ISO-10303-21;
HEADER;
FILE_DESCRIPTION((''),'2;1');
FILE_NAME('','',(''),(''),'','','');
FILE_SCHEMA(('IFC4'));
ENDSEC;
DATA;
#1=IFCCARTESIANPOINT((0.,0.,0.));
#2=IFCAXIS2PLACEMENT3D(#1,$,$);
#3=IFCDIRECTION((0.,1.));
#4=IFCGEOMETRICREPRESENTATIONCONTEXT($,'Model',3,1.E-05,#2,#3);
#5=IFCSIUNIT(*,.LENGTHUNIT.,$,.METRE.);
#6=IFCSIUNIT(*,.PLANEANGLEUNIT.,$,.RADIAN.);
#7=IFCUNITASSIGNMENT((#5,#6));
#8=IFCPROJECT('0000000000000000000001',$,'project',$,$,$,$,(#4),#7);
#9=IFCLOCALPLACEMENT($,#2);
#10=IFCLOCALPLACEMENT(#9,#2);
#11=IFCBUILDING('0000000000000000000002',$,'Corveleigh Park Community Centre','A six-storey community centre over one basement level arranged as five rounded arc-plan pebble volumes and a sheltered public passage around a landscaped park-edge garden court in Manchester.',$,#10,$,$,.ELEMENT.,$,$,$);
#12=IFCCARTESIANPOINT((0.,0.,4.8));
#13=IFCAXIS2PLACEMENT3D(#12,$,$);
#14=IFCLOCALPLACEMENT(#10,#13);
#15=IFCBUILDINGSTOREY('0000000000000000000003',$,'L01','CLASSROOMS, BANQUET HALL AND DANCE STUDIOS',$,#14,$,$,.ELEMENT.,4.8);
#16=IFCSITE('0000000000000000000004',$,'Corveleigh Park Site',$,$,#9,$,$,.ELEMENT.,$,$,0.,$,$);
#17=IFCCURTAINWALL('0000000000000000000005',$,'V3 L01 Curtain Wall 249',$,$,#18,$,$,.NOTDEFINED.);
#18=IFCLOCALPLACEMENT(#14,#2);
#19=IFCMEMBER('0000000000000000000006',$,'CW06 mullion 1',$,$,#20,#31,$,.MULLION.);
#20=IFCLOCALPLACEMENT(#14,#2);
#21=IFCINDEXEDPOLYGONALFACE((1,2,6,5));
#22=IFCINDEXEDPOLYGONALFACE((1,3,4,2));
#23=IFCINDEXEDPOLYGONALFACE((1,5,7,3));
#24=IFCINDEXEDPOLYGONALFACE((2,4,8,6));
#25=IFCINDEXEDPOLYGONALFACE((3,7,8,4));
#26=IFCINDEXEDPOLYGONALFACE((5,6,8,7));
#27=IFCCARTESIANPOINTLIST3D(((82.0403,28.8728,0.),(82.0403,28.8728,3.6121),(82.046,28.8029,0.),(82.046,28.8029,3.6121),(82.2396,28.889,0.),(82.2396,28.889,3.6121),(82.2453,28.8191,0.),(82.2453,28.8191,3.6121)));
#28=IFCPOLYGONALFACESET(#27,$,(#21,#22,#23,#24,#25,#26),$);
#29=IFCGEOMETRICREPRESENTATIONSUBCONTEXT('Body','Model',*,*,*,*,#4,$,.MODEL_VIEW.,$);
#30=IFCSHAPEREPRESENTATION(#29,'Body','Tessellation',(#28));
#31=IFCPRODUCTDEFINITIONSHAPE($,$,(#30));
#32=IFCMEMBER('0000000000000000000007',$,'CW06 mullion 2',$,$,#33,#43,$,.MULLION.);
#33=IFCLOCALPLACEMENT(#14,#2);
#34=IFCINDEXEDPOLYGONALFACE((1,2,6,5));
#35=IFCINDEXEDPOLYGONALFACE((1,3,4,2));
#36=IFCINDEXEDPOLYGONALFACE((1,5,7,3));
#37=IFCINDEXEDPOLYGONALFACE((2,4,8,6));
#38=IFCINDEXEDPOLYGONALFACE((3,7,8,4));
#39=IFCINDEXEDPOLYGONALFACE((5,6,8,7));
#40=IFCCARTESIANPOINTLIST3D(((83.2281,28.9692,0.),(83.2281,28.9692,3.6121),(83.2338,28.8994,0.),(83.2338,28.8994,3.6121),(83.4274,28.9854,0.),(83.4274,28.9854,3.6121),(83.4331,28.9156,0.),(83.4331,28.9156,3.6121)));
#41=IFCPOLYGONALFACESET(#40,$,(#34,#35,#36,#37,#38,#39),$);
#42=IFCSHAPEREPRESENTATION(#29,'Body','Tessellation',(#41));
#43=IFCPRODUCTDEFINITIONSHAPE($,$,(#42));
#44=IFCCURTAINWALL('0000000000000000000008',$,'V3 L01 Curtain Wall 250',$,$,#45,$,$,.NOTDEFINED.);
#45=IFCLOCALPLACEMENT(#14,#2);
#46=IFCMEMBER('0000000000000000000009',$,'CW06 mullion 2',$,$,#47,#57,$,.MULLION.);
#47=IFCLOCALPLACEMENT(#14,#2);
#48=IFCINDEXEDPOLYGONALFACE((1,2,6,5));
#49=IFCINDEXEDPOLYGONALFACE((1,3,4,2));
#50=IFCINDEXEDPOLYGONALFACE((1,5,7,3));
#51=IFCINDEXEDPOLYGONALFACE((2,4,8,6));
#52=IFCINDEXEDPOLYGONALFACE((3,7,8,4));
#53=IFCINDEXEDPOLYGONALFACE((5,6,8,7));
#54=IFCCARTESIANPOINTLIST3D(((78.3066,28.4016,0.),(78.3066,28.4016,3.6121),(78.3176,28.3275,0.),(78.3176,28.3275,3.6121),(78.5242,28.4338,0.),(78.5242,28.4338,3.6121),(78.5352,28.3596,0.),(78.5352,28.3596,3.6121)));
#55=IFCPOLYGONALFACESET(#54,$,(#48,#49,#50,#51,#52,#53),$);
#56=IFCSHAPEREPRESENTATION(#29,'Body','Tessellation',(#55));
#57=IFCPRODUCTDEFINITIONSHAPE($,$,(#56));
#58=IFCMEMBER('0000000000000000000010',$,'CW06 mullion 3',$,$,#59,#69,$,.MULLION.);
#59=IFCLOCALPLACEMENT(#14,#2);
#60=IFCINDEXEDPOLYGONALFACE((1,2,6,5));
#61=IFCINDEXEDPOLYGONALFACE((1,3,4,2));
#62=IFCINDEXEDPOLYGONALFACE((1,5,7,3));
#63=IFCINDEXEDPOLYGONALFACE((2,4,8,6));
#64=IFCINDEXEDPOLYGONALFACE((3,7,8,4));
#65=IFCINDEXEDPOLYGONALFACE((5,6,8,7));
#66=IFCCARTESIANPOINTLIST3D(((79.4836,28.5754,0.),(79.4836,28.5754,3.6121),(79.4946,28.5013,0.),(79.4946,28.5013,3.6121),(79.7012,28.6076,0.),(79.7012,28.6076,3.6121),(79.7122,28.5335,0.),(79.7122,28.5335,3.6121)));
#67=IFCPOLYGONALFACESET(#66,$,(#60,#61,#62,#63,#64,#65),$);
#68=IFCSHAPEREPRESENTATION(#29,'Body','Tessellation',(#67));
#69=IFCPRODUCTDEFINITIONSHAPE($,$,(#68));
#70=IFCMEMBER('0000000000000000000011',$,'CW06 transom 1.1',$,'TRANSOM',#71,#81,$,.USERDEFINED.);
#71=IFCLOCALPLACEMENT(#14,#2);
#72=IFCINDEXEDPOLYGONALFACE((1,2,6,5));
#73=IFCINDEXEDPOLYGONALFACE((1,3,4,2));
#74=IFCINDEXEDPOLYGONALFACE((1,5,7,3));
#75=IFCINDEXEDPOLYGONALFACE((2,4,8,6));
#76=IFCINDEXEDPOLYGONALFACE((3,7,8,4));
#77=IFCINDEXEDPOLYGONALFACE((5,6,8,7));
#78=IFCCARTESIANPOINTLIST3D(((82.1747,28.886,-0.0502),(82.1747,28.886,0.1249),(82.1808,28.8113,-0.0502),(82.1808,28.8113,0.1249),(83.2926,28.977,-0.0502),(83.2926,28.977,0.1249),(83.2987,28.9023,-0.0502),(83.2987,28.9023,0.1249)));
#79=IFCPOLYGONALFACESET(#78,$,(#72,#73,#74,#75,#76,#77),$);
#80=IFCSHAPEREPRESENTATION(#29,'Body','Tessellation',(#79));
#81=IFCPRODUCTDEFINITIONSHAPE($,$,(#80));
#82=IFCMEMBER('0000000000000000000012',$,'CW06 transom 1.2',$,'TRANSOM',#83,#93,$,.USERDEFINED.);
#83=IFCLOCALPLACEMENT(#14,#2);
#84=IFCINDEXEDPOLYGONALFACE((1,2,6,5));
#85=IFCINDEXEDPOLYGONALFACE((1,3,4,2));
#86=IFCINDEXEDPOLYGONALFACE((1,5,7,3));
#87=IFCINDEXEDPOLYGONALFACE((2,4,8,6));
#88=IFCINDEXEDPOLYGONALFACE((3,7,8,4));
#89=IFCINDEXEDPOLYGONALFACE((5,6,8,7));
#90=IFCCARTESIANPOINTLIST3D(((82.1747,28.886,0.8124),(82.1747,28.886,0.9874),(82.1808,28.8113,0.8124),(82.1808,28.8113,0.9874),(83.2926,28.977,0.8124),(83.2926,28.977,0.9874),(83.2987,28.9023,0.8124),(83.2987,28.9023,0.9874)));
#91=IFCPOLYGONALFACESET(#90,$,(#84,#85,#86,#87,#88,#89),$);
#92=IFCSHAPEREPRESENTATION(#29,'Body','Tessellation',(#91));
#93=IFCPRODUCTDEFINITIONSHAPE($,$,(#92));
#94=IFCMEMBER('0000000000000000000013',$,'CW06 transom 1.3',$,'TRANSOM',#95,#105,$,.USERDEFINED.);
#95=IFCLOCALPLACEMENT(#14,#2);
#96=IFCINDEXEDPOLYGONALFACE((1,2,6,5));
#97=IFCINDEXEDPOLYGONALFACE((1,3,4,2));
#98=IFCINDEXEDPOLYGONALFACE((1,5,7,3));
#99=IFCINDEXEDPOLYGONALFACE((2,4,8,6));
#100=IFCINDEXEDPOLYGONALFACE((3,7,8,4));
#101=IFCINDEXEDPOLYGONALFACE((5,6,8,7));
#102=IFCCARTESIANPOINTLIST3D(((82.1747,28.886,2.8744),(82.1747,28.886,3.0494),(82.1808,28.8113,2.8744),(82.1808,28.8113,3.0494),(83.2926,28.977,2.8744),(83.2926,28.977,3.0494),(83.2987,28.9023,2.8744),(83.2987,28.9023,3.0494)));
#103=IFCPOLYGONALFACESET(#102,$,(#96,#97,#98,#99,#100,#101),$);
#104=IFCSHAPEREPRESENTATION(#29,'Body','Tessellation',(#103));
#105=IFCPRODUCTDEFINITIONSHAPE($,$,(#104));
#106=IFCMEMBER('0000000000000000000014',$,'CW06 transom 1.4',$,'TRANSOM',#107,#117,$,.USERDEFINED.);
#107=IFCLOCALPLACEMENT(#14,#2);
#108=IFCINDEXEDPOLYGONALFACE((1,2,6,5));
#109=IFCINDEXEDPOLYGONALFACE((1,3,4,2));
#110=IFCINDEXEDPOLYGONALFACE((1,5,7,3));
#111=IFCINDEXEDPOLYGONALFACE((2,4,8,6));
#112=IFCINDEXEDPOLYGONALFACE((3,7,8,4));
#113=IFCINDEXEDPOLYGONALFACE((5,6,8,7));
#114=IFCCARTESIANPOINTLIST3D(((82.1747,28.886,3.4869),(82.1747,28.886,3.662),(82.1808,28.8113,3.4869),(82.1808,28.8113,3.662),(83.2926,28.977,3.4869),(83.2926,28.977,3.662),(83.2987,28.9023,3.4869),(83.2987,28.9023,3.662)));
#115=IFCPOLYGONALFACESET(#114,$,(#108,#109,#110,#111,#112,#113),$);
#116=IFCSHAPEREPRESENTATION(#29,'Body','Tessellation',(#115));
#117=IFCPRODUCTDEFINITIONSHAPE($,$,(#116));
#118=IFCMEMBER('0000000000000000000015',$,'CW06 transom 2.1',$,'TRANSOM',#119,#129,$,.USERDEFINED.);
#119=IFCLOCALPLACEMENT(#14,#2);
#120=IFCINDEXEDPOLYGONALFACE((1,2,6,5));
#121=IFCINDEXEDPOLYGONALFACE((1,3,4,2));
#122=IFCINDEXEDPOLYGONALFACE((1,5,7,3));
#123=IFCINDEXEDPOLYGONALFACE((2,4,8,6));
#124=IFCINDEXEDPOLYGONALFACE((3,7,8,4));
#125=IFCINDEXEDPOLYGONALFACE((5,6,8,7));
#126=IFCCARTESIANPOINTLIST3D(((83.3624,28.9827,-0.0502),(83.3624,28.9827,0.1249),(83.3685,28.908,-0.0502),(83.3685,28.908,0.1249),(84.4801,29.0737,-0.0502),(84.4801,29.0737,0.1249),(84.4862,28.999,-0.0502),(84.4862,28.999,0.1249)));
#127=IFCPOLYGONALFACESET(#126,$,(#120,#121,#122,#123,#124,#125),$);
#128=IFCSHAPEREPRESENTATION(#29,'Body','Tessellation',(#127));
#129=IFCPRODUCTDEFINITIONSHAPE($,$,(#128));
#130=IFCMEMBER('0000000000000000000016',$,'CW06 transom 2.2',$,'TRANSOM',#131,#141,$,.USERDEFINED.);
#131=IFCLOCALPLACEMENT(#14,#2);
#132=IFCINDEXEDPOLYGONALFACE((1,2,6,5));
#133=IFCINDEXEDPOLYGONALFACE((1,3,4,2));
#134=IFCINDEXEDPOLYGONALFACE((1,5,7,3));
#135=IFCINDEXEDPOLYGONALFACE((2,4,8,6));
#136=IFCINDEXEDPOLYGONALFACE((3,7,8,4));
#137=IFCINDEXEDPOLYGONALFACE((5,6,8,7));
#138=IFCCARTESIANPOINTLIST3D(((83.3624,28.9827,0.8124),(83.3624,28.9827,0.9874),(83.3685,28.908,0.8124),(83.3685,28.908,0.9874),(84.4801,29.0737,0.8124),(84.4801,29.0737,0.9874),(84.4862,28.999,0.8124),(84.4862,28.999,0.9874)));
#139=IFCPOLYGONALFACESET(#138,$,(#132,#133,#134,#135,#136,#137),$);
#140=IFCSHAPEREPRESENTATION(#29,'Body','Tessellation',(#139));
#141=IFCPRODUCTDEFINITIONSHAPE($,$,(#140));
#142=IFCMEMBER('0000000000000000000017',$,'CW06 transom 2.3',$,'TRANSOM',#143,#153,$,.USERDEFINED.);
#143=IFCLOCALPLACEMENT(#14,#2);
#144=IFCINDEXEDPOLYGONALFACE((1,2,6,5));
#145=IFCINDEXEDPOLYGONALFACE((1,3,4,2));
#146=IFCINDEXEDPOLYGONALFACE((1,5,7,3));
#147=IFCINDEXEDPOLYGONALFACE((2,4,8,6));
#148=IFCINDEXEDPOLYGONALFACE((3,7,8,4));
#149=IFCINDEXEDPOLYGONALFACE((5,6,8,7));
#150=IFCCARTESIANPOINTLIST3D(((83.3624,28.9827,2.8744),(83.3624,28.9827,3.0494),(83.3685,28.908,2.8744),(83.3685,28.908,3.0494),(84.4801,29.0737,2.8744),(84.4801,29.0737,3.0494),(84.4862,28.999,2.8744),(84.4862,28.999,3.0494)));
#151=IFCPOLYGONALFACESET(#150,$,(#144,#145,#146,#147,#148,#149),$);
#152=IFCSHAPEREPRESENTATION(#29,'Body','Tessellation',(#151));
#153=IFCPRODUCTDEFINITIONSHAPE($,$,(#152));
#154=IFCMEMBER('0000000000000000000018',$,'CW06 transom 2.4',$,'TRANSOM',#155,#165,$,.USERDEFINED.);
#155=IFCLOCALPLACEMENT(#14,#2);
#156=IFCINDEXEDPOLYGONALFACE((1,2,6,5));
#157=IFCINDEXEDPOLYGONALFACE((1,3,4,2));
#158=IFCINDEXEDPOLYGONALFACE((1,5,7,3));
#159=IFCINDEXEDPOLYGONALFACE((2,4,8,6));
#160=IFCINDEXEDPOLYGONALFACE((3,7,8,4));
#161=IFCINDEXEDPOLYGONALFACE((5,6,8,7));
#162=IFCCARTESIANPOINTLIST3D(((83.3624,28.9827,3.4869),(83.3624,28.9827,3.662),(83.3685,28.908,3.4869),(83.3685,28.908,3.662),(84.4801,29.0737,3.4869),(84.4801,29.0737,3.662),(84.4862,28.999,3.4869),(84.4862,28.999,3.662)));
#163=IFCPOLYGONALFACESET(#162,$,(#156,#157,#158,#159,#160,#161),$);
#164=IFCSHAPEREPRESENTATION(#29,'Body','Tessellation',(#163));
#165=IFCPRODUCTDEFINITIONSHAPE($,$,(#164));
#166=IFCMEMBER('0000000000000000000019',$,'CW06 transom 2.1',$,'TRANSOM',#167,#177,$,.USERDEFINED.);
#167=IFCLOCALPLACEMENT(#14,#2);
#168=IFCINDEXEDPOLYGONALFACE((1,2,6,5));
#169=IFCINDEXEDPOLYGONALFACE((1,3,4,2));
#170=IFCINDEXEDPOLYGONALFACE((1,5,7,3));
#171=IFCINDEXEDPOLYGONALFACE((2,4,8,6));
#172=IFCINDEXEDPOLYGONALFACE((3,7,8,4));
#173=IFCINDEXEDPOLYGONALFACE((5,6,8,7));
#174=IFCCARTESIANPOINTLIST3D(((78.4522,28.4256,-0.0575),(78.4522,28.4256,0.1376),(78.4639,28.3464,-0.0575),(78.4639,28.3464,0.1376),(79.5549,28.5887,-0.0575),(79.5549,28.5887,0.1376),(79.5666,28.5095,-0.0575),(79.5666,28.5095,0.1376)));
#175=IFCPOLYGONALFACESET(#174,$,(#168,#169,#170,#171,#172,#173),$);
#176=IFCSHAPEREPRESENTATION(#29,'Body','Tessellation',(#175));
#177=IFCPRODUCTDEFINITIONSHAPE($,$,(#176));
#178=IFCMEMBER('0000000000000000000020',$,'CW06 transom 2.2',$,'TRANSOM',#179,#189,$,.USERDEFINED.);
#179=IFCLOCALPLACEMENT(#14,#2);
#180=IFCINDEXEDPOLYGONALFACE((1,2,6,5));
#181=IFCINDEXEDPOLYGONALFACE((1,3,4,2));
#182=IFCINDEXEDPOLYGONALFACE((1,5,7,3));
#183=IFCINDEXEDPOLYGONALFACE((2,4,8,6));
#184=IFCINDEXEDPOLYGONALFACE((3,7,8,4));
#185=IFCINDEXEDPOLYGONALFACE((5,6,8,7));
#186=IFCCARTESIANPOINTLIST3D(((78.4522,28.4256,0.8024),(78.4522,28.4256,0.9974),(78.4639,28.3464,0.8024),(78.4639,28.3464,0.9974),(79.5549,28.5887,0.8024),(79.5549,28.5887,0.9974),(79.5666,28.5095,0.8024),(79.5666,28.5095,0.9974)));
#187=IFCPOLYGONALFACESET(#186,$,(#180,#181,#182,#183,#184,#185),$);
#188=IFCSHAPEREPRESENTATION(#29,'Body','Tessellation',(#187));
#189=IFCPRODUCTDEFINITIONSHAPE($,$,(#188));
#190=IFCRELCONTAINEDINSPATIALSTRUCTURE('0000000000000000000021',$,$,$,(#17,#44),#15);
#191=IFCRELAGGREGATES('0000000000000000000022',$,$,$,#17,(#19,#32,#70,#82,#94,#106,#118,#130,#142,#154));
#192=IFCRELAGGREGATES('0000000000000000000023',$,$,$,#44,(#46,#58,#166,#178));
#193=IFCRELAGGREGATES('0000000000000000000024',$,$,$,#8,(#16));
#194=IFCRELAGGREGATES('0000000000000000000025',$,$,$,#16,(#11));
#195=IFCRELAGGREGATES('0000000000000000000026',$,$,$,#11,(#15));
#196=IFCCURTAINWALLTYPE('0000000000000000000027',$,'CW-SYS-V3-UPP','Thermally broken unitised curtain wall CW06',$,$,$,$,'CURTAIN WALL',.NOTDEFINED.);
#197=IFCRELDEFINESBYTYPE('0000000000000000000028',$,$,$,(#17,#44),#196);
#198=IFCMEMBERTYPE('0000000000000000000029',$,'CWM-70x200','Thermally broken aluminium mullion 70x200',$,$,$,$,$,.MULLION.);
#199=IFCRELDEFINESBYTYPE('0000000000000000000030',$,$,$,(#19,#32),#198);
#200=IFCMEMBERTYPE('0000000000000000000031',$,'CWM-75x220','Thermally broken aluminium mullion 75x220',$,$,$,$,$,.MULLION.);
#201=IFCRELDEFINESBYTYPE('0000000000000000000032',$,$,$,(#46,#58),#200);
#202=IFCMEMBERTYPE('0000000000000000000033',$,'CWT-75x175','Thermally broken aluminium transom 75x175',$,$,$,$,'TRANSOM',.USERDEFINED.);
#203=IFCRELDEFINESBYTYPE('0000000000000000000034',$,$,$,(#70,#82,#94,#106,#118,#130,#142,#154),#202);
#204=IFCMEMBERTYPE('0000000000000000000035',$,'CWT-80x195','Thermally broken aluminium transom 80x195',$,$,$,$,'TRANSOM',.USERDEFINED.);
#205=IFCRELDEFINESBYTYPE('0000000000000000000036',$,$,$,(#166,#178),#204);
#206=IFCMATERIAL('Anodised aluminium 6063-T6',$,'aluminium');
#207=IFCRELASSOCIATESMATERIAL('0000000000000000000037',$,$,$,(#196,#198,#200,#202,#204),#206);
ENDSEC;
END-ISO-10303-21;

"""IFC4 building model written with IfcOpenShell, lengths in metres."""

from ifc_helpers import new_model, si_unit, direction, frame, origin, origin_2d, place, context, subcontext, project, spatial, rectangle, extrude, material, material_profile, profile_set, type_object, element, aggregate, save


model = new_model("IFC4")

# Units and contexts
model_context = context("Model", 3, precision=1e-05, world=origin(), true_north=direction((0.0, 1.0)))
body_context = subcontext(model_context, "Body", "Model", "MODEL_VIEW")
ifc_project = project(units=[si_unit("LENGTHUNIT", "METRE"), si_unit("PLANEANGLEUNIT", "RADIAN")], contexts=[model_context])

# Site, building, storey
site_placement = place(None, origin())
site = spatial("IfcSite", under=ifc_project, at=site_placement, Name="Corveleigh Park Site", CompositionType="ELEMENT", RefElevation=0.0)
building_placement = place(site_placement, origin())
building = spatial("IfcBuilding", under=site, at=building_placement, Name="Corveleigh Park Community Centre", Description="A six-storey community centre over one basement level arranged as five rounded arc-plan pebble volumes and a sheltered public passage around a landscaped park-edge garden court in Manchester.", CompositionType="ELEMENT")
storey_placement = place(building_placement, frame((0.0, 0.0, 4.8)))
storey = spatial("IfcBuildingStorey", under=building, at=storey_placement, Name="L01", Description="CLASSROOMS, BANQUET HALL AND DANCE STUDIOS", CompositionType="ELEMENT", Elevation=4.8)

# Curtain walls, members
ifc_material_1 = material(Name="Anodised aluminium 6063-T6", Category="aluminium")
curtain_wall_type = type_object("IfcCurtainWallType", Name="CW-SYS-V3-UPP", Description="Thermally broken unitised curtain wall CW06", ElementType="CURTAIN WALL", PredefinedType="NOTDEFINED", material=ifc_material_1)
curtain_wall_1_placement = place(storey_placement, origin())
curtain_wall_1 = element("IfcCurtainWall", 1, at=curtain_wall_1_placement, inside=storey, type_object=curtain_wall_type, Name="V3 L01 Curtain Wall 249", PredefinedType="NOTDEFINED")
ifc_material_profile_1 = material_profile(ifc_material_1, rectangle(XDim=0.0701, YDim=0.2, at=origin_2d()), Name="ALU-M70x200", Category="aluminium")
ifc_profile_set_1 = profile_set([ifc_material_profile_1], Name="Anodised aluminium 6063-T6")
member_type_1 = type_object("IfcMemberType", Name="CWM-70x200", Description="Thermally broken aluminium mullion 70x200", PredefinedType="MULLION", material=ifc_profile_set_1)
member_1_placement = place(storey_placement, frame((82.1428, 28.8459, 0.0), z_axis=(0.0, 0.0, 1.0), x_axis=(-0.081122, 0.996704, 0.0)))
member_1 = element("IfcMember", 2, at=member_1_placement, type_object=member_type_1, Name="CW06 mullion 1", PredefinedType="MULLION", context=body_context, shape_type="SweptSolid", body=[
    extrude(rectangle(XDim=0.0701, YDim=0.2, at=origin_2d()), origin(), (0.0, 0.0, 1.0), 3.6121),
])
member_2_placement = place(storey_placement, frame((83.3306, 28.9424, 0.0), z_axis=(0.0, 0.0, 1.0), x_axis=(-0.081122, 0.996704, 0.0)))
member_2 = element("IfcMember", 3, at=member_2_placement, type_object=member_type_1, Name="CW06 mullion 2", PredefinedType="MULLION", context=body_context, shape_type="SweptSolid", body=[
    extrude(rectangle(XDim=0.0701, YDim=0.2, at=origin_2d()), origin(), (0.0, 0.0, 1.0), 3.6121),
])
curtain_wall_2_placement = place(storey_placement, origin())
curtain_wall_2 = element("IfcCurtainWall", 4, at=curtain_wall_2_placement, inside=storey, type_object=curtain_wall_type, Name="V3 L01 Curtain Wall 250", PredefinedType="NOTDEFINED")
ifc_material_profile_2 = material_profile(ifc_material_1, rectangle(XDim=0.075, YDim=0.22, at=origin_2d()), Name="ALU-M75x220", Category="aluminium")
ifc_profile_set_2 = profile_set([ifc_material_profile_2], Name="Anodised aluminium 6063-T6")
member_type_2 = type_object("IfcMemberType", Name="CWM-75x220", Description="Thermally broken aluminium mullion 75x220", PredefinedType="MULLION", material=ifc_profile_set_2)
member_3_placement = place(storey_placement, frame((78.4209, 28.3806, 0.0), z_axis=(0.0, 0.0, 1.0), x_axis=(-0.146268, 0.989245, 0.0)))
member_3 = element("IfcMember", 5, at=member_3_placement, type_object=member_type_2, Name="CW06 mullion 2", PredefinedType="MULLION", context=body_context, shape_type="SweptSolid", body=[
    extrude(rectangle(XDim=0.075, YDim=0.22, at=origin_2d()), origin(), (0.0, 0.0, 1.0), 3.6121),
])
member_4_placement = place(storey_placement, frame((79.5979, 28.5544, 0.0), z_axis=(0.0, 0.0, 1.0), x_axis=(-0.146268, 0.989245, 0.0)))
member_4 = element("IfcMember", 6, at=member_4_placement, type_object=member_type_2, Name="CW06 mullion 3", PredefinedType="MULLION", context=body_context, shape_type="SweptSolid", body=[
    extrude(rectangle(XDim=0.075, YDim=0.22, at=origin_2d()), origin(), (0.0, 0.0, 1.0), 3.6121),
])

# Members
ifc_material_profile_3 = material_profile(ifc_material_1, rectangle(XDim=0.075, YDim=0.175, at=origin_2d()), Name="ALU-T75x175", Category="aluminium")
ifc_profile_set_3 = profile_set([ifc_material_profile_3], Name="Anodised aluminium 6063-T6")
member_type_3 = type_object("IfcMemberType", Name="CWT-75x175", Description="Thermally broken aluminium transom 75x175", ElementType="TRANSOM", PredefinedType="USERDEFINED", material=ifc_profile_set_3)
member_5_placement = place(storey_placement, frame((82.1777, 28.8486, 0.0374), z_axis=(0.996699, 0.08119, 0.0), x_axis=(-0.08119, 0.996699, 0.0)))
member_5 = element("IfcMember", 7, at=member_5_placement, type_object=member_type_3, Name="CW06 transom 1.1", ObjectType="TRANSOM", PredefinedType="USERDEFINED", context=body_context, shape_type="SweptSolid", body=[
    extrude(rectangle(XDim=0.075, YDim=0.175, at=origin_2d()), origin(), (0.0, 0.0, 1.0), 1.1216),
])
member_6_placement = place(storey_placement, frame((82.1777, 28.8486, 0.8999), z_axis=(0.996699, 0.08119, 0.0), x_axis=(-0.08119, 0.996699, 0.0)))
member_6 = element("IfcMember", 8, at=member_6_placement, type_object=member_type_3, Name="CW06 transom 1.2", ObjectType="TRANSOM", PredefinedType="USERDEFINED", context=body_context, shape_type="SweptSolid", body=[
    extrude(rectangle(XDim=0.075, YDim=0.175, at=origin_2d()), origin(), (0.0, 0.0, 1.0), 1.1216),
])
member_7_placement = place(storey_placement, frame((82.1777, 28.8486, 2.9619), z_axis=(0.996699, 0.08119, 0.0), x_axis=(-0.08119, 0.996699, 0.0)))
member_7 = element("IfcMember", 9, at=member_7_placement, type_object=member_type_3, Name="CW06 transom 1.3", ObjectType="TRANSOM", PredefinedType="USERDEFINED", context=body_context, shape_type="SweptSolid", body=[
    extrude(rectangle(XDim=0.075, YDim=0.175, at=origin_2d()), origin(), (0.0, 0.0, 1.0), 1.1216),
])
member_8_placement = place(storey_placement, frame((82.1777, 28.8486, 3.5745), z_axis=(0.996699, 0.08119, 0.0), x_axis=(-0.08119, 0.996699, 0.0)))
member_8 = element("IfcMember", 10, at=member_8_placement, type_object=member_type_3, Name="CW06 transom 1.4", ObjectType="TRANSOM", PredefinedType="USERDEFINED", context=body_context, shape_type="SweptSolid", body=[
    extrude(rectangle(XDim=0.075, YDim=0.175, at=origin_2d()), origin(), (0.0, 0.0, 1.0), 1.1216),
])
member_9_placement = place(storey_placement, frame((83.3655, 28.9453, 0.0374), z_axis=(0.996697, 0.081208, 0.0), x_axis=(-0.081208, 0.996697, 0.0)))
member_9 = element("IfcMember", 11, at=member_9_placement, type_object=member_type_3, Name="CW06 transom 2.1", ObjectType="TRANSOM", PredefinedType="USERDEFINED", context=body_context, shape_type="SweptSolid", body=[
    extrude(rectangle(XDim=0.075, YDim=0.175, at=origin_2d()), origin(), (0.0, 0.0, 1.0), 1.1213),
])
member_10_placement = place(storey_placement, frame((83.3655, 28.9453, 0.8999), z_axis=(0.996697, 0.081208, 0.0), x_axis=(-0.081208, 0.996697, 0.0)))
member_10 = element("IfcMember", 12, at=member_10_placement, type_object=member_type_3, Name="CW06 transom 2.2", ObjectType="TRANSOM", PredefinedType="USERDEFINED", context=body_context, shape_type="SweptSolid", body=[
    extrude(rectangle(XDim=0.075, YDim=0.175, at=origin_2d()), origin(), (0.0, 0.0, 1.0), 1.1213),
])
member_11_placement = place(storey_placement, frame((83.3655, 28.9453, 2.9619), z_axis=(0.996697, 0.081208, 0.0), x_axis=(-0.081208, 0.996697, 0.0)))
member_11 = element("IfcMember", 13, at=member_11_placement, type_object=member_type_3, Name="CW06 transom 2.3", ObjectType="TRANSOM", PredefinedType="USERDEFINED", context=body_context, shape_type="SweptSolid", body=[
    extrude(rectangle(XDim=0.075, YDim=0.175, at=origin_2d()), origin(), (0.0, 0.0, 1.0), 1.1213),
])
member_12_placement = place(storey_placement, frame((83.3655, 28.9453, 3.5745), z_axis=(0.996697, 0.081208, 0.0), x_axis=(-0.081208, 0.996697, 0.0)))
member_12 = element("IfcMember", 14, at=member_12_placement, type_object=member_type_3, Name="CW06 transom 2.4", ObjectType="TRANSOM", PredefinedType="USERDEFINED", context=body_context, shape_type="SweptSolid", body=[
    extrude(rectangle(XDim=0.075, YDim=0.175, at=origin_2d()), origin(), (0.0, 0.0, 1.0), 1.1213),
])
ifc_material_profile_4 = material_profile(ifc_material_1, rectangle(XDim=0.0801, YDim=0.1951, at=origin_2d()), Name="ALU-T80x195", Category="aluminium")
ifc_profile_set_4 = profile_set([ifc_material_profile_4], Name="Anodised aluminium 6063-T6")
member_type_4 = type_object("IfcMemberType", Name="CWT-80x195", Description="Thermally broken aluminium transom 80x195", ElementType="TRANSOM", PredefinedType="USERDEFINED", material=ifc_profile_set_4)
member_13_placement = place(storey_placement, frame((78.458, 28.386, 0.04), z_axis=(0.989241, 0.146295, 0.0), x_axis=(-0.146295, 0.989241, 0.0)))
member_13 = element("IfcMember", 15, at=member_13_placement, type_object=member_type_4, Name="CW06 transom 2.1", ObjectType="TRANSOM", PredefinedType="USERDEFINED", context=body_context, shape_type="SweptSolid", body=[
    extrude(rectangle(XDim=0.0801, YDim=0.1951, at=origin_2d()), origin(), (0.0, 0.0, 1.0), 1.1147),
])
member_14_placement = place(storey_placement, frame((78.458, 28.386, 0.8999), z_axis=(0.989241, 0.146295, 0.0), x_axis=(-0.146295, 0.989241, 0.0)))
member_14 = element("IfcMember", 16, at=member_14_placement, type_object=member_type_4, Name="CW06 transom 2.2", ObjectType="TRANSOM", PredefinedType="USERDEFINED", context=body_context, shape_type="SweptSolid", body=[
    extrude(rectangle(XDim=0.0801, YDim=0.1951, at=origin_2d()), origin(), (0.0, 0.0, 1.0), 1.1147),
])

aggregate(curtain_wall_1, [member_1, member_2, member_5, member_6, member_7, member_8, member_9, member_10, member_11, member_12])
aggregate(curtain_wall_2, [member_3, member_4, member_13, member_14])

save(model, "model.ifc")
